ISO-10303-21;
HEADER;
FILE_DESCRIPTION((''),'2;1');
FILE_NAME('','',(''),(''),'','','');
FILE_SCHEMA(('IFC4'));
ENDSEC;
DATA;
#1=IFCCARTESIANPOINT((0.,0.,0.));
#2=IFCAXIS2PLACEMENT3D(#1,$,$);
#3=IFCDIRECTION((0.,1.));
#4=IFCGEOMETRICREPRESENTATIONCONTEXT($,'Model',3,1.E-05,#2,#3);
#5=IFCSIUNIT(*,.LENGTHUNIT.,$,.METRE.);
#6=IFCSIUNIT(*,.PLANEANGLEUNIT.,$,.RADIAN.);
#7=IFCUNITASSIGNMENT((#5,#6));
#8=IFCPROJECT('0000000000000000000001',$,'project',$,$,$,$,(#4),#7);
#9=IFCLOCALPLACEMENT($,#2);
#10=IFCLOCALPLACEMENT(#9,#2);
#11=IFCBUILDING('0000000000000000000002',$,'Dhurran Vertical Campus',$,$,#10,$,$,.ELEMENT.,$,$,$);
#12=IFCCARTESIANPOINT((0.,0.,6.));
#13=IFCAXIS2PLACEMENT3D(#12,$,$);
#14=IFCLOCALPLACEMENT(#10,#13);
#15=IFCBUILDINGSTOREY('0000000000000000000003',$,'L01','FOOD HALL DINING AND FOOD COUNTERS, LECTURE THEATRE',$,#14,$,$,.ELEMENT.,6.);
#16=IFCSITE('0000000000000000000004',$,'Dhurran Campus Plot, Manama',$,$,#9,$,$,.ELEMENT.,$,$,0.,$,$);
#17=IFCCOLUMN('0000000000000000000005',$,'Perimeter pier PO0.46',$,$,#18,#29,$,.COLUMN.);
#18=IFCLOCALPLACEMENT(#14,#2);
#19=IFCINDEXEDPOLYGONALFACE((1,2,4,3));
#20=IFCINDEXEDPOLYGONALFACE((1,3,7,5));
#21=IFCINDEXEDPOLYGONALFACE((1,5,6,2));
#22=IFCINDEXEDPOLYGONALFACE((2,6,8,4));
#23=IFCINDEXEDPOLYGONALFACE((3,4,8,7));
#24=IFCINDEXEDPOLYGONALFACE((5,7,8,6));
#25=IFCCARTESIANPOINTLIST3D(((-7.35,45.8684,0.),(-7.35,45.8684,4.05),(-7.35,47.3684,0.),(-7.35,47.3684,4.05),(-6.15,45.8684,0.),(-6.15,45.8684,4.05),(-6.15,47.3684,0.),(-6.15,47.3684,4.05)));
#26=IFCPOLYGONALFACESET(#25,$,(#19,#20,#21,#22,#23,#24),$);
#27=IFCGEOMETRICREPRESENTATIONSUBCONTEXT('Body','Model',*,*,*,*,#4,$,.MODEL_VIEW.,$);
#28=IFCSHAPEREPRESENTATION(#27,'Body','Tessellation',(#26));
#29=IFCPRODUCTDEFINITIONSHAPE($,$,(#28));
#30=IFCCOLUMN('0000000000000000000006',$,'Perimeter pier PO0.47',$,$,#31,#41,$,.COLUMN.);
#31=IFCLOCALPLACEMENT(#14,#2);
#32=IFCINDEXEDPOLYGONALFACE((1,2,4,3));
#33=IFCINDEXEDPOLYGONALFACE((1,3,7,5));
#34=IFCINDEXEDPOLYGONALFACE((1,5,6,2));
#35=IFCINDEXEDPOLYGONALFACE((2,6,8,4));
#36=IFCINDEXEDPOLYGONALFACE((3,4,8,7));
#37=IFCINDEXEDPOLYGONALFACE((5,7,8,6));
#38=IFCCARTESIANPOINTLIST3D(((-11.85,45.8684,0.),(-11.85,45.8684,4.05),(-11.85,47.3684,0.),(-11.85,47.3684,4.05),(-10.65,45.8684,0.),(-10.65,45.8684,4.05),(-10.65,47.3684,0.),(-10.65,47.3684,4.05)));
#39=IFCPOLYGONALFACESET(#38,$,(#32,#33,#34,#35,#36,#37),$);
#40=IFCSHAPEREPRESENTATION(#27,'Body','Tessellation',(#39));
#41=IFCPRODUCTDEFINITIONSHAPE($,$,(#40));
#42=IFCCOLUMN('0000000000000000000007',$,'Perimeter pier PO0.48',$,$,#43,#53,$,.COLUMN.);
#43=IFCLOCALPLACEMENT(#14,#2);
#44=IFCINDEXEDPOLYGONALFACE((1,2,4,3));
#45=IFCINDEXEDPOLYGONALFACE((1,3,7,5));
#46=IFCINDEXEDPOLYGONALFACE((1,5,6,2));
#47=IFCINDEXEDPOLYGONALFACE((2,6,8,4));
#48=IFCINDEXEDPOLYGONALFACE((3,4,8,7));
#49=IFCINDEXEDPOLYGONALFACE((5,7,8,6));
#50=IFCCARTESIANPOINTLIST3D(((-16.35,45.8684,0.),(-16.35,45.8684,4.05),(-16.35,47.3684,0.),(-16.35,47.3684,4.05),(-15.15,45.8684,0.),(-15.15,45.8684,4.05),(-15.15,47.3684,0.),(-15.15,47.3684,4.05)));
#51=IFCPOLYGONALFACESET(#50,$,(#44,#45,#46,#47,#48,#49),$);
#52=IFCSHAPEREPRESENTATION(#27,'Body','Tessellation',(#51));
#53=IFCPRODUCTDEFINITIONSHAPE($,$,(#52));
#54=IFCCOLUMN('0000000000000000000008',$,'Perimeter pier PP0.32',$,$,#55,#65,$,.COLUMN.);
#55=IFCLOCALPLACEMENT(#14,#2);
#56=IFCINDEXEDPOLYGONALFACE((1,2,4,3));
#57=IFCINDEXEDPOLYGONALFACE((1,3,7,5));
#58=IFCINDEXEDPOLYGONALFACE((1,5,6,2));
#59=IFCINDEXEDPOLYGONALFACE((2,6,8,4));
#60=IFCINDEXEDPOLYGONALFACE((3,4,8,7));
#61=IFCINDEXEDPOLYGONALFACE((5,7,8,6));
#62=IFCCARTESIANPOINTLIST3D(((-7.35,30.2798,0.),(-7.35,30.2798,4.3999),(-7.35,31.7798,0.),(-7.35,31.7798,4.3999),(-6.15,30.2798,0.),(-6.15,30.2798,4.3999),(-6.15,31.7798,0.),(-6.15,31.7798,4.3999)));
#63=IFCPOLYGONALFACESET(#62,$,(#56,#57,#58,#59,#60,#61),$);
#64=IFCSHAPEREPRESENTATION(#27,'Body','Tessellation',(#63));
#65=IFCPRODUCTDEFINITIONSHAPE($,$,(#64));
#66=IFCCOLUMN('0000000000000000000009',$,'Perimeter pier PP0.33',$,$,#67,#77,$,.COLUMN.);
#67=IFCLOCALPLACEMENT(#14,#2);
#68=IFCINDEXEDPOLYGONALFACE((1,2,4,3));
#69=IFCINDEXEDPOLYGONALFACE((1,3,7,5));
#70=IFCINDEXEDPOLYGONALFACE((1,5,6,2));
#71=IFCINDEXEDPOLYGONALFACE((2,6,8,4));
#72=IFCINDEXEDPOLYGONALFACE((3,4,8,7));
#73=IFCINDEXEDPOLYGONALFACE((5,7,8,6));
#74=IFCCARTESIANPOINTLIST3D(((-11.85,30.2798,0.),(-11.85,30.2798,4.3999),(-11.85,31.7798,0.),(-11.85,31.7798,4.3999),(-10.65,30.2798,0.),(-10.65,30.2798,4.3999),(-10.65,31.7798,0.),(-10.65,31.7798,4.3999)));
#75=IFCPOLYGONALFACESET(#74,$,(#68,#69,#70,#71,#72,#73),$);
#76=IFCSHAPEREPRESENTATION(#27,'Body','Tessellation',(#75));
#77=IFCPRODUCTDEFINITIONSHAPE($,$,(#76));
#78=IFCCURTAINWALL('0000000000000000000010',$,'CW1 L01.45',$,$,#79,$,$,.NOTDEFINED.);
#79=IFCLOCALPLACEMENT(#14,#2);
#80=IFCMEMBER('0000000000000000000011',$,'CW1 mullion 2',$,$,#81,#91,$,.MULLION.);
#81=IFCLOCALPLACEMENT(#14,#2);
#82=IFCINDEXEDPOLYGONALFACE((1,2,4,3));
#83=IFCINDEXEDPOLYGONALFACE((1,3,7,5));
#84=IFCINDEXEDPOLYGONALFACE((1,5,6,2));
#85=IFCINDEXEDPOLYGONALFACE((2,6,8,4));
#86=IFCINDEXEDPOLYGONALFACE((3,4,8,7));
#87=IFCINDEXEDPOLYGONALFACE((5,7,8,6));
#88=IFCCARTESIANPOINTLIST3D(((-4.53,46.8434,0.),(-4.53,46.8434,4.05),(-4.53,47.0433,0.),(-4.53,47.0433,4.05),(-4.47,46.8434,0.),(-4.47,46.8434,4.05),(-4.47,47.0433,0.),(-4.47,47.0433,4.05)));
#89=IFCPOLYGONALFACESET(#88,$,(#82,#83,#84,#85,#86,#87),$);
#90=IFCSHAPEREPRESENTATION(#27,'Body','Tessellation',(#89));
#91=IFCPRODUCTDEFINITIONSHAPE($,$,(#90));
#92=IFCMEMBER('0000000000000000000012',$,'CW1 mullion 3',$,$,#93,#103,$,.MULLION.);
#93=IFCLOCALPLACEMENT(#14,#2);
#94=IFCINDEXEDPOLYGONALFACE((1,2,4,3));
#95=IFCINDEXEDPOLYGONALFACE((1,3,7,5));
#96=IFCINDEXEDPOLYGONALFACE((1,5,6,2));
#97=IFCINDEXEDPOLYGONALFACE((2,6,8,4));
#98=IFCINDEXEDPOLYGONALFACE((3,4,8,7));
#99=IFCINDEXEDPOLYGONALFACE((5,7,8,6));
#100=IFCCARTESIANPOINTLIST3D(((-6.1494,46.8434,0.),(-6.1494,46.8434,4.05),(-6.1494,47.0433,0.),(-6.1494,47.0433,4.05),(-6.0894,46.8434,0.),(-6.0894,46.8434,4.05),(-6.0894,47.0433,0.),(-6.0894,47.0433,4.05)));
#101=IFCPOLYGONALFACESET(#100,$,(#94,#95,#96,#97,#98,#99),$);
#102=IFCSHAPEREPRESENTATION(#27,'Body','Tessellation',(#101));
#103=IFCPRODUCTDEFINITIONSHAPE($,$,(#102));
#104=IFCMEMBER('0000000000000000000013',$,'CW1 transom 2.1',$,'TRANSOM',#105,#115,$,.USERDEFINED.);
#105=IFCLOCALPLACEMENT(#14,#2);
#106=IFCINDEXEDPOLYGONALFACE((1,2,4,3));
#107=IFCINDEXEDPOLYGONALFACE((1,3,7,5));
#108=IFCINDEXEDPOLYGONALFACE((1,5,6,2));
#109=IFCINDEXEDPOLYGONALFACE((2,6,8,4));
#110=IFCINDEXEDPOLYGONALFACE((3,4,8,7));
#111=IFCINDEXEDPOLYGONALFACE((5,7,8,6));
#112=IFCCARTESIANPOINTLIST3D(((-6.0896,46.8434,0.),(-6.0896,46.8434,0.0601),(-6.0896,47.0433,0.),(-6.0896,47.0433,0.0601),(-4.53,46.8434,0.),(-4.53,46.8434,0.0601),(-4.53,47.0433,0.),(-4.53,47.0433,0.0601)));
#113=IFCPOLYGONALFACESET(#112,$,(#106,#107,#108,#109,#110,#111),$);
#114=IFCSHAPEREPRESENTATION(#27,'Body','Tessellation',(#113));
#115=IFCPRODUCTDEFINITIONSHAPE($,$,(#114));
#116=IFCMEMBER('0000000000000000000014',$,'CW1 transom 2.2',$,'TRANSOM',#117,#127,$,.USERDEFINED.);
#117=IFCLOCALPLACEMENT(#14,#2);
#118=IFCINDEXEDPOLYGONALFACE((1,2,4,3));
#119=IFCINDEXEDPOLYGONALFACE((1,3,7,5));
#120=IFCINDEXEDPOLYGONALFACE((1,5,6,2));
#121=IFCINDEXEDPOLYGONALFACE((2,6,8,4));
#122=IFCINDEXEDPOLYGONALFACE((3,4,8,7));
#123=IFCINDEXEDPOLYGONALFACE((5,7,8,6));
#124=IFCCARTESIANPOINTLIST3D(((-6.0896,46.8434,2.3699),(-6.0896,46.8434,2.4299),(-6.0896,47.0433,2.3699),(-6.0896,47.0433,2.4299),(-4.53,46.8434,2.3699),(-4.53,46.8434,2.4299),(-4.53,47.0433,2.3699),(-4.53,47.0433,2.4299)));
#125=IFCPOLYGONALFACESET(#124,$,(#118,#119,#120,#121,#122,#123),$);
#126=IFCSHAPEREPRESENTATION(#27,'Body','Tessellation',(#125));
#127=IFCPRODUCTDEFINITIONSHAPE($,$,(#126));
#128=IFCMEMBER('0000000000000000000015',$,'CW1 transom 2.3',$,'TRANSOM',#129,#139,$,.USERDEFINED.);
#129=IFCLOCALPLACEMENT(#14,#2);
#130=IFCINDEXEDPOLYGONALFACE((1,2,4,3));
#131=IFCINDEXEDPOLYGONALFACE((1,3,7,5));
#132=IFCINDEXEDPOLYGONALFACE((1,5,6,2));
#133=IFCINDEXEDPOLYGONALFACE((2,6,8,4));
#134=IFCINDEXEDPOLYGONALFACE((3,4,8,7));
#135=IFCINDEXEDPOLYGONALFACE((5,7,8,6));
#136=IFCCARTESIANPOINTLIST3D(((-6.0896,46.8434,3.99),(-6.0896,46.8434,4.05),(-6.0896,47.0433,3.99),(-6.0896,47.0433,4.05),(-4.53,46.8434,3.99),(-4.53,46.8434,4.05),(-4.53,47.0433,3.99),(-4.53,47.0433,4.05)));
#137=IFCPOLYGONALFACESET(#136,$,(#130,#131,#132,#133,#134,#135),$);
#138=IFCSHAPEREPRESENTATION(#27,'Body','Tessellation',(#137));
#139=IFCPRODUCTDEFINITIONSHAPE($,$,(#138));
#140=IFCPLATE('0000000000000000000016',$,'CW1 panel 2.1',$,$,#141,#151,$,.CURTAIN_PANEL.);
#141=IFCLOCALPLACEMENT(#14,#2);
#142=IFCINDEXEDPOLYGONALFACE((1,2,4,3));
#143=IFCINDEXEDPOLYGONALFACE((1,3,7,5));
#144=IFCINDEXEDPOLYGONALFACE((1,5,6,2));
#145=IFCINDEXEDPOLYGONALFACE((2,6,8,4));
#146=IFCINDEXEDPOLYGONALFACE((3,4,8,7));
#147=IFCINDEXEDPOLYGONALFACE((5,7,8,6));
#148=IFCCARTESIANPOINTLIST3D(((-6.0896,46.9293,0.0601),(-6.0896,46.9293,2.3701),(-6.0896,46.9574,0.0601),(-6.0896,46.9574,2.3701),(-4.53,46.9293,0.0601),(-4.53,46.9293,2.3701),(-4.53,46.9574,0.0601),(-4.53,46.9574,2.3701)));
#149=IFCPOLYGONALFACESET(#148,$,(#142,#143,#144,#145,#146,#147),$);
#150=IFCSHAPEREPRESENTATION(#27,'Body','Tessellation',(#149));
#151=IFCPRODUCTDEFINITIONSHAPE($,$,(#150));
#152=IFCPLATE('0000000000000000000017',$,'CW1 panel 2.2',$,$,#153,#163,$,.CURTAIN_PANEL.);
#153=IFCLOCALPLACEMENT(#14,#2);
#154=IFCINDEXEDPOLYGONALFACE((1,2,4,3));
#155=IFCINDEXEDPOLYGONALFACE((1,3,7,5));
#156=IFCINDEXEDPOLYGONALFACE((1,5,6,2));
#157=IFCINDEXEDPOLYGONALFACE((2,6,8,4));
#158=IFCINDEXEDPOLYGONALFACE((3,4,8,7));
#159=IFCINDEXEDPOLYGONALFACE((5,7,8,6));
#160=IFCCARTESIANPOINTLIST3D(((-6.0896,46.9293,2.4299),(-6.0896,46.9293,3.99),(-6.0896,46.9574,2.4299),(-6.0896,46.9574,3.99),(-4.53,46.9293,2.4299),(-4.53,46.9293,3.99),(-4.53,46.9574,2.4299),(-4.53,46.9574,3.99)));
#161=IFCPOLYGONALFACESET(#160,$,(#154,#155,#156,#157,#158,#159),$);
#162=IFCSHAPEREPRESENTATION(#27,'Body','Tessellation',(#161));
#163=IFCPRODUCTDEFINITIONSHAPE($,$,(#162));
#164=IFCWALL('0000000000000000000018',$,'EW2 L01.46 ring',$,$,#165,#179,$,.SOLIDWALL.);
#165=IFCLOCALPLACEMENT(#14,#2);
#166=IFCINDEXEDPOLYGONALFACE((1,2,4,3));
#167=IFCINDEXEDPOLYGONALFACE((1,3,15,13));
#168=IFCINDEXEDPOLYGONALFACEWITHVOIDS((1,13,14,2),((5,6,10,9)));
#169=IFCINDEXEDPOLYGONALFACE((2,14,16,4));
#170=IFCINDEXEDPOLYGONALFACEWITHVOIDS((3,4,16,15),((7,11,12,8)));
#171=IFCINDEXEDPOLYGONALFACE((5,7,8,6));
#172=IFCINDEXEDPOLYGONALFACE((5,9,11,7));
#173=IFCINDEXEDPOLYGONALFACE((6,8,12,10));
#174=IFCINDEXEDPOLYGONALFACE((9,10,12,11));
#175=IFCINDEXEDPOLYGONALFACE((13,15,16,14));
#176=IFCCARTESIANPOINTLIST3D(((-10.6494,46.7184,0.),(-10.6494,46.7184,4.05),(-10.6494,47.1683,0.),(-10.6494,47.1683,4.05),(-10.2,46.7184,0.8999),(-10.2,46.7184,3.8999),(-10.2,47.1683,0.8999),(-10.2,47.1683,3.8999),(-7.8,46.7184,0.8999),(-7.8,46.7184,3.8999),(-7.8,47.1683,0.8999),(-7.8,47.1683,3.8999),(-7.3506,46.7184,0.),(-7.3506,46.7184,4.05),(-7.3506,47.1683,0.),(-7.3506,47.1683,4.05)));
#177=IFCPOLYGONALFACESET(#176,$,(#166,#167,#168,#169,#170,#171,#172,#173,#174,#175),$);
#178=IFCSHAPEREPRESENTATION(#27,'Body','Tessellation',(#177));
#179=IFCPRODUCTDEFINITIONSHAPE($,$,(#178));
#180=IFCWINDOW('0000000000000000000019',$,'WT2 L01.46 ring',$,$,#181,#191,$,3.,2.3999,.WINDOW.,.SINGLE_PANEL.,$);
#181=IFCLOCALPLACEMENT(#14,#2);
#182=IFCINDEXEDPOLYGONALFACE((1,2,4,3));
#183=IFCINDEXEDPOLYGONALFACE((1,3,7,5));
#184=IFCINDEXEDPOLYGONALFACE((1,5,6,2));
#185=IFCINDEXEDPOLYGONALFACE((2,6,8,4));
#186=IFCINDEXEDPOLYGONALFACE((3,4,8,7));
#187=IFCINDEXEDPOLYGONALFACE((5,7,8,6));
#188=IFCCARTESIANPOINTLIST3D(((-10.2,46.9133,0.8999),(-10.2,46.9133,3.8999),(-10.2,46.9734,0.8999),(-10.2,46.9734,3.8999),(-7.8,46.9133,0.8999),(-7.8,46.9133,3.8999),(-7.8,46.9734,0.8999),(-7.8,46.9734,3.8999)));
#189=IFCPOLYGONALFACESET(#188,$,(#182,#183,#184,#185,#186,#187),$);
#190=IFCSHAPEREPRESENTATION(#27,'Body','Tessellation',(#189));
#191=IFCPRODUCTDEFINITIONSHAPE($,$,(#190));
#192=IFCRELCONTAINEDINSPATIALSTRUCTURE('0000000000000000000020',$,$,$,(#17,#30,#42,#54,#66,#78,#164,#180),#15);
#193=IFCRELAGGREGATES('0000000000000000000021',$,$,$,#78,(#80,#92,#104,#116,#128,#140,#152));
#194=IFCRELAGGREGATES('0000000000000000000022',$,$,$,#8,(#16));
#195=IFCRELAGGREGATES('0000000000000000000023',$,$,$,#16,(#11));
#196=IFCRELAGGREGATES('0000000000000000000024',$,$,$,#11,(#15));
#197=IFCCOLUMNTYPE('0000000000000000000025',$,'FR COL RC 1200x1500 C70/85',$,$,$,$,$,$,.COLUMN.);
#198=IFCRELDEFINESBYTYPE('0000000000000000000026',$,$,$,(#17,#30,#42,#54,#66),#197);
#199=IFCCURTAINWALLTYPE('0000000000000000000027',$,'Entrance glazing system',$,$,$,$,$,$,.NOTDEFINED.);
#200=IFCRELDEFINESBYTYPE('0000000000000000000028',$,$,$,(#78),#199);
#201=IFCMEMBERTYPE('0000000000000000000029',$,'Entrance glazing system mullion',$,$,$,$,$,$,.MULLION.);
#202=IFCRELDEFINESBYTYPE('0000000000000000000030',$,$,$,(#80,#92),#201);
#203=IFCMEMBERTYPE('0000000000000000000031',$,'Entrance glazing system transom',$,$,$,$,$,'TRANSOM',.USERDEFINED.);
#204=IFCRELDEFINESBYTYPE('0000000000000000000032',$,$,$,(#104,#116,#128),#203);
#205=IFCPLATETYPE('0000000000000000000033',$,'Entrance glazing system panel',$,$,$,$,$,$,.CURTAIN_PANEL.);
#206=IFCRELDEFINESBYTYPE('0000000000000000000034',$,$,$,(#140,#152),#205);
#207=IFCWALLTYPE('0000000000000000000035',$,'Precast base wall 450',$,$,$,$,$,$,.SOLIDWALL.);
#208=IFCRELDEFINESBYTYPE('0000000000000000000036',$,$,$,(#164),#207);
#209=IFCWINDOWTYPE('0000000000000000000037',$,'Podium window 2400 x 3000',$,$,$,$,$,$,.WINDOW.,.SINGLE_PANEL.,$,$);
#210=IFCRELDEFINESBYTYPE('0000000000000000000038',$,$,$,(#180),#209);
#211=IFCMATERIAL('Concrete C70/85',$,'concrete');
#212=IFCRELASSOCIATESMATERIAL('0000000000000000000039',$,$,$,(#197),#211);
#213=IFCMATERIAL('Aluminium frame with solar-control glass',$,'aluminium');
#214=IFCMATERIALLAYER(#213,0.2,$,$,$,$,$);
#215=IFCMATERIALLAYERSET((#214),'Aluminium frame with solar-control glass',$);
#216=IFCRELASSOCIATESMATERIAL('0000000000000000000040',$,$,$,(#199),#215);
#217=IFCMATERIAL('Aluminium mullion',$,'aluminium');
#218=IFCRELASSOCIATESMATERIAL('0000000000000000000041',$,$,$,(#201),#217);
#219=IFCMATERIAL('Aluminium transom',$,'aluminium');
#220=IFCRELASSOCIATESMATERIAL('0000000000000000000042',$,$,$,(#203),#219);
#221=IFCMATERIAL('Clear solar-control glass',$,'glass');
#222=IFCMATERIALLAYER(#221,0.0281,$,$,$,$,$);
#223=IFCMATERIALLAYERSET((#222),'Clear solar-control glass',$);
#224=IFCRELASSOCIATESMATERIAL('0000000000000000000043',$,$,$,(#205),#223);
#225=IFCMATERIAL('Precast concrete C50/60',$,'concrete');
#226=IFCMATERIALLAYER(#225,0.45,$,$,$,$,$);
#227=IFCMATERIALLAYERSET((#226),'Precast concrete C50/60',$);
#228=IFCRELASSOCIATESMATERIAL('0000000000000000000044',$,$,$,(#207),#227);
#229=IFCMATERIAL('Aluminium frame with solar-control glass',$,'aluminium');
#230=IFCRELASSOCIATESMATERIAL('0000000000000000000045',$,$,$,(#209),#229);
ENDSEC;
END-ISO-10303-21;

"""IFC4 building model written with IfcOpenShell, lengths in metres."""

from ifc_helpers import new_model, si_unit, direction, frame, frame_2d, origin, origin_2d, place, context, subcontext, project, spatial, rectangle, extrude, material, layer, layer_set, material_profile, profile_set, type_object, element, fill, aggregate, save


model = new_model("IFC4")

# Units and contexts
model_context = context("Model", 3, precision=1e-05, world=origin(), true_north=direction((0.0, 1.0)))
body_context = subcontext(model_context, "Body", "Model", "MODEL_VIEW")
ifc_project = project(units=[si_unit("LENGTHUNIT", "METRE"), si_unit("PLANEANGLEUNIT", "RADIAN")], contexts=[model_context])

# Site, building, storey
site_placement = place(None, origin())
site = spatial("IfcSite", under=ifc_project, at=site_placement, Name="Dhurran Campus Plot, Manama", CompositionType="ELEMENT", RefElevation=0.0)
building_placement = place(site_placement, origin())
building = spatial("IfcBuilding", under=site, at=building_placement, Name="Dhurran Vertical Campus", CompositionType="ELEMENT")
storey_placement = place(building_placement, frame((0.0, 0.0, 6.0)))
storey = spatial("IfcBuildingStorey", under=building, at=storey_placement, Name="L01", Description="FOOD HALL DINING AND FOOD COUNTERS, LECTURE THEATRE", CompositionType="ELEMENT", Elevation=6.0)

# Columns
ifc_material_1 = material(Name="Concrete C70/85", Category="concrete")
ifc_material_profile_1 = material_profile(ifc_material_1, rectangle(XDim=1.2, YDim=1.5, at=origin_2d()), Name="RC 1200x1500")
ifc_profile_set_1 = profile_set([ifc_material_profile_1], Name="Concrete C70/85")
column_type = type_object("IfcColumnType", Name="FR COL RC 1200x1500 C70/85", PredefinedType="COLUMN", material=ifc_profile_set_1)
for number, where, z_axis, x_axis, name in (
    (1, (-6.75, 46.6184, 0.0), (0.0, 0.0, 1.0), (-1.0, 0.0, 0.0), "Perimeter pier PO0.46"),
    (2, (-11.25, 46.6184, 0.0), (0.0, 0.0, 1.0), (-1.0, 0.0, 0.0), "Perimeter pier PO0.47"),
    (3, (-15.75, 46.6184, 0.0), (0.0, 0.0, 1.0), (-1.0, 0.0, 0.0), "Perimeter pier PO0.48"),
):
    element("IfcColumn", number, at=place(storey_placement, frame(where, z_axis=z_axis, x_axis=x_axis)), inside=storey, type_object=column_type, Name=name, PredefinedType="COLUMN", context=body_context, shape_type="SweptSolid", body=[
        extrude(rectangle(XDim=1.2, YDim=1.5, at=origin_2d()), origin(), (0.0, 0.0, 1.0), 4.05),
    ])
for number, where, z_axis, x_axis, name in (
    (4, (-6.75, 31.0298, 0.0), (0.0, 0.0, 1.0), (-1.0, 0.0, 0.0), "Perimeter pier PP0.32"),
    (5, (-11.25, 31.0298, 0.0), (0.0, 0.0, 1.0), (-1.0, 0.0, 0.0), "Perimeter pier PP0.33"),
):
    element("IfcColumn", number, at=place(storey_placement, frame(where, z_axis=z_axis, x_axis=x_axis)), inside=storey, type_object=column_type, Name=name, PredefinedType="COLUMN", context=body_context, shape_type="SweptSolid", body=[
        extrude(rectangle(XDim=1.2, YDim=1.5, at=origin_2d()), origin(), (0.0, 0.0, 1.0), 4.3999),
    ])

# Curtain wall, members, plates
ifc_material_2 = material(Name="Aluminium frame with solar-control glass", Category="aluminium")
ifc_layer_1 = layer(ifc_material_2, 0.2)
ifc_layer_set_1 = layer_set([ifc_layer_1], Name="Aluminium frame with solar-control glass")
curtain_wall_type = type_object("IfcCurtainWallType", Name="Entrance glazing system", PredefinedType="NOTDEFINED", material=ifc_layer_set_1)
curtain_wall_placement = place(storey_placement, origin())
curtain_wall = element("IfcCurtainWall", 6, at=curtain_wall_placement, inside=storey, type_object=curtain_wall_type, Name="CW1 L01.45", PredefinedType="NOTDEFINED")
ifc_material_3 = material(Name="Aluminium mullion", Category="aluminium")
ifc_material_profile_2 = material_profile(ifc_material_3, rectangle(XDim=0.2, YDim=0.0601, at=origin_2d()), Name="Entrance glazing system mullion")
ifc_profile_set_2 = profile_set([ifc_material_profile_2], Name="Aluminium mullion")
member_type_1 = type_object("IfcMemberType", Name="Entrance glazing system mullion", PredefinedType="MULLION", material=ifc_profile_set_2)
member_1_placement = place(storey_placement, frame((-4.5, 46.9434, 0.0), z_axis=(0.0, 0.0, 1.0), x_axis=(0.0, -1.0, 0.0)))
member_1 = element("IfcMember", 7, at=member_1_placement, type_object=member_type_1, Name="CW1 mullion 2", PredefinedType="MULLION", context=body_context, shape_type="SweptSolid", body=[
    extrude(rectangle(XDim=0.2, YDim=0.0601, at=origin_2d()), origin(), (0.0, 0.0, 1.0), 4.05),
])
member_2_placement = place(storey_placement, frame((-6.1194, 46.9434, 0.0), z_axis=(0.0, 0.0, 1.0), x_axis=(0.0, -1.0, 0.0)))
member_2 = element("IfcMember", 8, at=member_2_placement, type_object=member_type_1, Name="CW1 mullion 3", PredefinedType="MULLION", context=body_context, shape_type="SweptSolid", body=[
    extrude(rectangle(XDim=0.2, YDim=0.0601, at=origin_2d()), origin(), (0.0, 0.0, 1.0), 4.05),
])
ifc_material_4 = material(Name="Aluminium transom", Category="aluminium")
ifc_material_profile_3 = material_profile(ifc_material_4, rectangle(XDim=0.2, YDim=0.0601, at=origin_2d()), Name="Entrance glazing system transom")
ifc_profile_set_3 = profile_set([ifc_material_profile_3], Name="Aluminium transom")
member_type_2 = type_object("IfcMemberType", Name="Entrance glazing system transom", ElementType="TRANSOM", PredefinedType="USERDEFINED", material=ifc_profile_set_3)
member_3_placement = place(storey_placement, frame((-4.53, 46.9434, 0.03), z_axis=(-1.0, 0.0, 0.0), x_axis=(0.0, -1.0, 0.0)))
member_3 = element("IfcMember", 9, at=member_3_placement, type_object=member_type_2, Name="CW1 transom 2.1", ObjectType="TRANSOM", PredefinedType="USERDEFINED", context=body_context, shape_type="SweptSolid", body=[
    extrude(rectangle(XDim=0.2, YDim=0.0601, at=origin_2d()), origin(), (0.0, 0.0, 1.0), 1.5596),
])
member_4_placement = place(storey_placement, frame((-4.53, 46.9434, 2.3999), z_axis=(-1.0, 0.0, 0.0), x_axis=(0.0, -1.0, 0.0)))
member_4 = element("IfcMember", 10, at=member_4_placement, type_object=member_type_2, Name="CW1 transom 2.2", ObjectType="TRANSOM", PredefinedType="USERDEFINED", context=body_context, shape_type="SweptSolid", body=[
    extrude(rectangle(XDim=0.2, YDim=0.0601, at=origin_2d()), origin(), (0.0, 0.0, 1.0), 1.5596),
])
member_5_placement = place(storey_placement, frame((-4.53, 46.9434, 4.02), z_axis=(-1.0, 0.0, 0.0), x_axis=(0.0, -1.0, 0.0)))
member_5 = element("IfcMember", 11, at=member_5_placement, type_object=member_type_2, Name="CW1 transom 2.3", ObjectType="TRANSOM", PredefinedType="USERDEFINED", context=body_context, shape_type="SweptSolid", body=[
    extrude(rectangle(XDim=0.2, YDim=0.0601, at=origin_2d()), origin(), (0.0, 0.0, 1.0), 1.5596),
])
ifc_material_5 = material(Name="Clear solar-control glass", Category="glass")
ifc_layer_2 = layer(ifc_material_5, 0.0281)
ifc_layer_set_2 = layer_set([ifc_layer_2], Name="Clear solar-control glass")
plate_type = type_object("IfcPlateType", Name="Entrance glazing system panel", PredefinedType="CURTAIN_PANEL", material=ifc_layer_set_2)
plate_1_placement = place(storey_placement, frame((-5.3098, 46.9434, 0.0601), z_axis=(0.0, 0.0, 1.0), x_axis=(-1.0, 0.0, 0.0)))
plate_1 = element("IfcPlate", 12, at=plate_1_placement, type_object=plate_type, Name="CW1 panel 2.1", PredefinedType="CURTAIN_PANEL", context=body_context, shape_type="SweptSolid", body=[
    extrude(rectangle(XDim=1.5596, YDim=0.0281, at=origin_2d()), origin(), (0.0, 0.0, 1.0), 2.3101),
])
plate_2_placement = place(storey_placement, frame((-5.3098, 46.9434, 2.4299), z_axis=(0.0, 0.0, 1.0), x_axis=(-1.0, 0.0, 0.0)))
plate_2 = element("IfcPlate", 13, at=plate_2_placement, type_object=plate_type, Name="CW1 panel 2.2", PredefinedType="CURTAIN_PANEL", context=body_context, shape_type="SweptSolid", body=[
    extrude(rectangle(XDim=1.5596, YDim=0.0281, at=origin_2d()), origin(), (0.0, 0.0, 1.0), 1.5601),
])
aggregate(curtain_wall, [member_1, member_2, member_3, member_4, member_5, plate_1, plate_2])

# Wall, opening, window
ifc_material_6 = material(Name="Precast concrete C50/60", Category="concrete")
ifc_layer_3 = layer(ifc_material_6, 0.45)
ifc_layer_set_3 = layer_set([ifc_layer_3], Name="Precast concrete C50/60")
wall_type_1 = type_object("IfcWallType", Name="Precast base wall 450", PredefinedType="SOLIDWALL", material=ifc_layer_set_3)
wall_1_placement = place(storey_placement, frame((-7.3506, 46.9434, 0.0), z_axis=(0.0, 0.0, 1.0), x_axis=(-1.0, 0.0, 0.0)))
wall_1 = element("IfcWall", 14, at=wall_1_placement, inside=storey, type_object=wall_type_1, Name="EW2 L01.46 ring", PredefinedType="SOLIDWALL", context=body_context, shape_type="SweptSolid", body=[
    extrude(rectangle(XDim=3.2988, YDim=0.45, at=frame_2d((1.6494, 0.0))), origin(), (0.0, 0.0, 1.0), 4.05),
])
opening_1_placement = place(wall_1_placement, frame((0.4495, 0.0, 0.8999)))
opening_1 = element("IfcOpeningElement", 15, at=opening_1_placement, cuts=wall_1, PredefinedType="OPENING", context=body_context, shape_type="SweptSolid", body=[
    extrude(rectangle(XDim=2.3999, YDim=3.0, at=frame_2d((1.2, 1.5))), frame((0.0, 0.2349, 0.0), z_axis=(0.0, -1.0, 0.0), x_axis=(1.0, 0.0, 0.0)), (0.0, 0.0, 1.0), 0.47),
])
ifc_material_7 = material(Name="Aluminium frame with solar-control glass", Category="aluminium")
window_type = type_object("IfcWindowType", Name="Podium window 2400 x 3000", PartitioningType="SINGLE_PANEL", PredefinedType="WINDOW", material=ifc_material_7)
window_1_placement = place(opening_1_placement, origin())
window_1 = element("IfcWindow", 16, at=window_1_placement, inside=storey, type_object=window_type, Name="WT2 L01.46 ring", OverallHeight=3.0, OverallWidth=2.3999, PartitioningType="SINGLE_PANEL", PredefinedType="WINDOW", context=body_context, shape_type="SweptSolid", body=[
    extrude(rectangle(XDim=2.3999, YDim=3.0, at=frame_2d((1.2, 1.5))), frame((0.0, 0.03, 0.0), z_axis=(0.0, -1.0, 0.0), x_axis=(1.0, 0.0, 0.0)), (0.0, 0.0, 1.0), 0.0601),
])
fill(opening_1, window_1)

save(model, "model.ifc")
